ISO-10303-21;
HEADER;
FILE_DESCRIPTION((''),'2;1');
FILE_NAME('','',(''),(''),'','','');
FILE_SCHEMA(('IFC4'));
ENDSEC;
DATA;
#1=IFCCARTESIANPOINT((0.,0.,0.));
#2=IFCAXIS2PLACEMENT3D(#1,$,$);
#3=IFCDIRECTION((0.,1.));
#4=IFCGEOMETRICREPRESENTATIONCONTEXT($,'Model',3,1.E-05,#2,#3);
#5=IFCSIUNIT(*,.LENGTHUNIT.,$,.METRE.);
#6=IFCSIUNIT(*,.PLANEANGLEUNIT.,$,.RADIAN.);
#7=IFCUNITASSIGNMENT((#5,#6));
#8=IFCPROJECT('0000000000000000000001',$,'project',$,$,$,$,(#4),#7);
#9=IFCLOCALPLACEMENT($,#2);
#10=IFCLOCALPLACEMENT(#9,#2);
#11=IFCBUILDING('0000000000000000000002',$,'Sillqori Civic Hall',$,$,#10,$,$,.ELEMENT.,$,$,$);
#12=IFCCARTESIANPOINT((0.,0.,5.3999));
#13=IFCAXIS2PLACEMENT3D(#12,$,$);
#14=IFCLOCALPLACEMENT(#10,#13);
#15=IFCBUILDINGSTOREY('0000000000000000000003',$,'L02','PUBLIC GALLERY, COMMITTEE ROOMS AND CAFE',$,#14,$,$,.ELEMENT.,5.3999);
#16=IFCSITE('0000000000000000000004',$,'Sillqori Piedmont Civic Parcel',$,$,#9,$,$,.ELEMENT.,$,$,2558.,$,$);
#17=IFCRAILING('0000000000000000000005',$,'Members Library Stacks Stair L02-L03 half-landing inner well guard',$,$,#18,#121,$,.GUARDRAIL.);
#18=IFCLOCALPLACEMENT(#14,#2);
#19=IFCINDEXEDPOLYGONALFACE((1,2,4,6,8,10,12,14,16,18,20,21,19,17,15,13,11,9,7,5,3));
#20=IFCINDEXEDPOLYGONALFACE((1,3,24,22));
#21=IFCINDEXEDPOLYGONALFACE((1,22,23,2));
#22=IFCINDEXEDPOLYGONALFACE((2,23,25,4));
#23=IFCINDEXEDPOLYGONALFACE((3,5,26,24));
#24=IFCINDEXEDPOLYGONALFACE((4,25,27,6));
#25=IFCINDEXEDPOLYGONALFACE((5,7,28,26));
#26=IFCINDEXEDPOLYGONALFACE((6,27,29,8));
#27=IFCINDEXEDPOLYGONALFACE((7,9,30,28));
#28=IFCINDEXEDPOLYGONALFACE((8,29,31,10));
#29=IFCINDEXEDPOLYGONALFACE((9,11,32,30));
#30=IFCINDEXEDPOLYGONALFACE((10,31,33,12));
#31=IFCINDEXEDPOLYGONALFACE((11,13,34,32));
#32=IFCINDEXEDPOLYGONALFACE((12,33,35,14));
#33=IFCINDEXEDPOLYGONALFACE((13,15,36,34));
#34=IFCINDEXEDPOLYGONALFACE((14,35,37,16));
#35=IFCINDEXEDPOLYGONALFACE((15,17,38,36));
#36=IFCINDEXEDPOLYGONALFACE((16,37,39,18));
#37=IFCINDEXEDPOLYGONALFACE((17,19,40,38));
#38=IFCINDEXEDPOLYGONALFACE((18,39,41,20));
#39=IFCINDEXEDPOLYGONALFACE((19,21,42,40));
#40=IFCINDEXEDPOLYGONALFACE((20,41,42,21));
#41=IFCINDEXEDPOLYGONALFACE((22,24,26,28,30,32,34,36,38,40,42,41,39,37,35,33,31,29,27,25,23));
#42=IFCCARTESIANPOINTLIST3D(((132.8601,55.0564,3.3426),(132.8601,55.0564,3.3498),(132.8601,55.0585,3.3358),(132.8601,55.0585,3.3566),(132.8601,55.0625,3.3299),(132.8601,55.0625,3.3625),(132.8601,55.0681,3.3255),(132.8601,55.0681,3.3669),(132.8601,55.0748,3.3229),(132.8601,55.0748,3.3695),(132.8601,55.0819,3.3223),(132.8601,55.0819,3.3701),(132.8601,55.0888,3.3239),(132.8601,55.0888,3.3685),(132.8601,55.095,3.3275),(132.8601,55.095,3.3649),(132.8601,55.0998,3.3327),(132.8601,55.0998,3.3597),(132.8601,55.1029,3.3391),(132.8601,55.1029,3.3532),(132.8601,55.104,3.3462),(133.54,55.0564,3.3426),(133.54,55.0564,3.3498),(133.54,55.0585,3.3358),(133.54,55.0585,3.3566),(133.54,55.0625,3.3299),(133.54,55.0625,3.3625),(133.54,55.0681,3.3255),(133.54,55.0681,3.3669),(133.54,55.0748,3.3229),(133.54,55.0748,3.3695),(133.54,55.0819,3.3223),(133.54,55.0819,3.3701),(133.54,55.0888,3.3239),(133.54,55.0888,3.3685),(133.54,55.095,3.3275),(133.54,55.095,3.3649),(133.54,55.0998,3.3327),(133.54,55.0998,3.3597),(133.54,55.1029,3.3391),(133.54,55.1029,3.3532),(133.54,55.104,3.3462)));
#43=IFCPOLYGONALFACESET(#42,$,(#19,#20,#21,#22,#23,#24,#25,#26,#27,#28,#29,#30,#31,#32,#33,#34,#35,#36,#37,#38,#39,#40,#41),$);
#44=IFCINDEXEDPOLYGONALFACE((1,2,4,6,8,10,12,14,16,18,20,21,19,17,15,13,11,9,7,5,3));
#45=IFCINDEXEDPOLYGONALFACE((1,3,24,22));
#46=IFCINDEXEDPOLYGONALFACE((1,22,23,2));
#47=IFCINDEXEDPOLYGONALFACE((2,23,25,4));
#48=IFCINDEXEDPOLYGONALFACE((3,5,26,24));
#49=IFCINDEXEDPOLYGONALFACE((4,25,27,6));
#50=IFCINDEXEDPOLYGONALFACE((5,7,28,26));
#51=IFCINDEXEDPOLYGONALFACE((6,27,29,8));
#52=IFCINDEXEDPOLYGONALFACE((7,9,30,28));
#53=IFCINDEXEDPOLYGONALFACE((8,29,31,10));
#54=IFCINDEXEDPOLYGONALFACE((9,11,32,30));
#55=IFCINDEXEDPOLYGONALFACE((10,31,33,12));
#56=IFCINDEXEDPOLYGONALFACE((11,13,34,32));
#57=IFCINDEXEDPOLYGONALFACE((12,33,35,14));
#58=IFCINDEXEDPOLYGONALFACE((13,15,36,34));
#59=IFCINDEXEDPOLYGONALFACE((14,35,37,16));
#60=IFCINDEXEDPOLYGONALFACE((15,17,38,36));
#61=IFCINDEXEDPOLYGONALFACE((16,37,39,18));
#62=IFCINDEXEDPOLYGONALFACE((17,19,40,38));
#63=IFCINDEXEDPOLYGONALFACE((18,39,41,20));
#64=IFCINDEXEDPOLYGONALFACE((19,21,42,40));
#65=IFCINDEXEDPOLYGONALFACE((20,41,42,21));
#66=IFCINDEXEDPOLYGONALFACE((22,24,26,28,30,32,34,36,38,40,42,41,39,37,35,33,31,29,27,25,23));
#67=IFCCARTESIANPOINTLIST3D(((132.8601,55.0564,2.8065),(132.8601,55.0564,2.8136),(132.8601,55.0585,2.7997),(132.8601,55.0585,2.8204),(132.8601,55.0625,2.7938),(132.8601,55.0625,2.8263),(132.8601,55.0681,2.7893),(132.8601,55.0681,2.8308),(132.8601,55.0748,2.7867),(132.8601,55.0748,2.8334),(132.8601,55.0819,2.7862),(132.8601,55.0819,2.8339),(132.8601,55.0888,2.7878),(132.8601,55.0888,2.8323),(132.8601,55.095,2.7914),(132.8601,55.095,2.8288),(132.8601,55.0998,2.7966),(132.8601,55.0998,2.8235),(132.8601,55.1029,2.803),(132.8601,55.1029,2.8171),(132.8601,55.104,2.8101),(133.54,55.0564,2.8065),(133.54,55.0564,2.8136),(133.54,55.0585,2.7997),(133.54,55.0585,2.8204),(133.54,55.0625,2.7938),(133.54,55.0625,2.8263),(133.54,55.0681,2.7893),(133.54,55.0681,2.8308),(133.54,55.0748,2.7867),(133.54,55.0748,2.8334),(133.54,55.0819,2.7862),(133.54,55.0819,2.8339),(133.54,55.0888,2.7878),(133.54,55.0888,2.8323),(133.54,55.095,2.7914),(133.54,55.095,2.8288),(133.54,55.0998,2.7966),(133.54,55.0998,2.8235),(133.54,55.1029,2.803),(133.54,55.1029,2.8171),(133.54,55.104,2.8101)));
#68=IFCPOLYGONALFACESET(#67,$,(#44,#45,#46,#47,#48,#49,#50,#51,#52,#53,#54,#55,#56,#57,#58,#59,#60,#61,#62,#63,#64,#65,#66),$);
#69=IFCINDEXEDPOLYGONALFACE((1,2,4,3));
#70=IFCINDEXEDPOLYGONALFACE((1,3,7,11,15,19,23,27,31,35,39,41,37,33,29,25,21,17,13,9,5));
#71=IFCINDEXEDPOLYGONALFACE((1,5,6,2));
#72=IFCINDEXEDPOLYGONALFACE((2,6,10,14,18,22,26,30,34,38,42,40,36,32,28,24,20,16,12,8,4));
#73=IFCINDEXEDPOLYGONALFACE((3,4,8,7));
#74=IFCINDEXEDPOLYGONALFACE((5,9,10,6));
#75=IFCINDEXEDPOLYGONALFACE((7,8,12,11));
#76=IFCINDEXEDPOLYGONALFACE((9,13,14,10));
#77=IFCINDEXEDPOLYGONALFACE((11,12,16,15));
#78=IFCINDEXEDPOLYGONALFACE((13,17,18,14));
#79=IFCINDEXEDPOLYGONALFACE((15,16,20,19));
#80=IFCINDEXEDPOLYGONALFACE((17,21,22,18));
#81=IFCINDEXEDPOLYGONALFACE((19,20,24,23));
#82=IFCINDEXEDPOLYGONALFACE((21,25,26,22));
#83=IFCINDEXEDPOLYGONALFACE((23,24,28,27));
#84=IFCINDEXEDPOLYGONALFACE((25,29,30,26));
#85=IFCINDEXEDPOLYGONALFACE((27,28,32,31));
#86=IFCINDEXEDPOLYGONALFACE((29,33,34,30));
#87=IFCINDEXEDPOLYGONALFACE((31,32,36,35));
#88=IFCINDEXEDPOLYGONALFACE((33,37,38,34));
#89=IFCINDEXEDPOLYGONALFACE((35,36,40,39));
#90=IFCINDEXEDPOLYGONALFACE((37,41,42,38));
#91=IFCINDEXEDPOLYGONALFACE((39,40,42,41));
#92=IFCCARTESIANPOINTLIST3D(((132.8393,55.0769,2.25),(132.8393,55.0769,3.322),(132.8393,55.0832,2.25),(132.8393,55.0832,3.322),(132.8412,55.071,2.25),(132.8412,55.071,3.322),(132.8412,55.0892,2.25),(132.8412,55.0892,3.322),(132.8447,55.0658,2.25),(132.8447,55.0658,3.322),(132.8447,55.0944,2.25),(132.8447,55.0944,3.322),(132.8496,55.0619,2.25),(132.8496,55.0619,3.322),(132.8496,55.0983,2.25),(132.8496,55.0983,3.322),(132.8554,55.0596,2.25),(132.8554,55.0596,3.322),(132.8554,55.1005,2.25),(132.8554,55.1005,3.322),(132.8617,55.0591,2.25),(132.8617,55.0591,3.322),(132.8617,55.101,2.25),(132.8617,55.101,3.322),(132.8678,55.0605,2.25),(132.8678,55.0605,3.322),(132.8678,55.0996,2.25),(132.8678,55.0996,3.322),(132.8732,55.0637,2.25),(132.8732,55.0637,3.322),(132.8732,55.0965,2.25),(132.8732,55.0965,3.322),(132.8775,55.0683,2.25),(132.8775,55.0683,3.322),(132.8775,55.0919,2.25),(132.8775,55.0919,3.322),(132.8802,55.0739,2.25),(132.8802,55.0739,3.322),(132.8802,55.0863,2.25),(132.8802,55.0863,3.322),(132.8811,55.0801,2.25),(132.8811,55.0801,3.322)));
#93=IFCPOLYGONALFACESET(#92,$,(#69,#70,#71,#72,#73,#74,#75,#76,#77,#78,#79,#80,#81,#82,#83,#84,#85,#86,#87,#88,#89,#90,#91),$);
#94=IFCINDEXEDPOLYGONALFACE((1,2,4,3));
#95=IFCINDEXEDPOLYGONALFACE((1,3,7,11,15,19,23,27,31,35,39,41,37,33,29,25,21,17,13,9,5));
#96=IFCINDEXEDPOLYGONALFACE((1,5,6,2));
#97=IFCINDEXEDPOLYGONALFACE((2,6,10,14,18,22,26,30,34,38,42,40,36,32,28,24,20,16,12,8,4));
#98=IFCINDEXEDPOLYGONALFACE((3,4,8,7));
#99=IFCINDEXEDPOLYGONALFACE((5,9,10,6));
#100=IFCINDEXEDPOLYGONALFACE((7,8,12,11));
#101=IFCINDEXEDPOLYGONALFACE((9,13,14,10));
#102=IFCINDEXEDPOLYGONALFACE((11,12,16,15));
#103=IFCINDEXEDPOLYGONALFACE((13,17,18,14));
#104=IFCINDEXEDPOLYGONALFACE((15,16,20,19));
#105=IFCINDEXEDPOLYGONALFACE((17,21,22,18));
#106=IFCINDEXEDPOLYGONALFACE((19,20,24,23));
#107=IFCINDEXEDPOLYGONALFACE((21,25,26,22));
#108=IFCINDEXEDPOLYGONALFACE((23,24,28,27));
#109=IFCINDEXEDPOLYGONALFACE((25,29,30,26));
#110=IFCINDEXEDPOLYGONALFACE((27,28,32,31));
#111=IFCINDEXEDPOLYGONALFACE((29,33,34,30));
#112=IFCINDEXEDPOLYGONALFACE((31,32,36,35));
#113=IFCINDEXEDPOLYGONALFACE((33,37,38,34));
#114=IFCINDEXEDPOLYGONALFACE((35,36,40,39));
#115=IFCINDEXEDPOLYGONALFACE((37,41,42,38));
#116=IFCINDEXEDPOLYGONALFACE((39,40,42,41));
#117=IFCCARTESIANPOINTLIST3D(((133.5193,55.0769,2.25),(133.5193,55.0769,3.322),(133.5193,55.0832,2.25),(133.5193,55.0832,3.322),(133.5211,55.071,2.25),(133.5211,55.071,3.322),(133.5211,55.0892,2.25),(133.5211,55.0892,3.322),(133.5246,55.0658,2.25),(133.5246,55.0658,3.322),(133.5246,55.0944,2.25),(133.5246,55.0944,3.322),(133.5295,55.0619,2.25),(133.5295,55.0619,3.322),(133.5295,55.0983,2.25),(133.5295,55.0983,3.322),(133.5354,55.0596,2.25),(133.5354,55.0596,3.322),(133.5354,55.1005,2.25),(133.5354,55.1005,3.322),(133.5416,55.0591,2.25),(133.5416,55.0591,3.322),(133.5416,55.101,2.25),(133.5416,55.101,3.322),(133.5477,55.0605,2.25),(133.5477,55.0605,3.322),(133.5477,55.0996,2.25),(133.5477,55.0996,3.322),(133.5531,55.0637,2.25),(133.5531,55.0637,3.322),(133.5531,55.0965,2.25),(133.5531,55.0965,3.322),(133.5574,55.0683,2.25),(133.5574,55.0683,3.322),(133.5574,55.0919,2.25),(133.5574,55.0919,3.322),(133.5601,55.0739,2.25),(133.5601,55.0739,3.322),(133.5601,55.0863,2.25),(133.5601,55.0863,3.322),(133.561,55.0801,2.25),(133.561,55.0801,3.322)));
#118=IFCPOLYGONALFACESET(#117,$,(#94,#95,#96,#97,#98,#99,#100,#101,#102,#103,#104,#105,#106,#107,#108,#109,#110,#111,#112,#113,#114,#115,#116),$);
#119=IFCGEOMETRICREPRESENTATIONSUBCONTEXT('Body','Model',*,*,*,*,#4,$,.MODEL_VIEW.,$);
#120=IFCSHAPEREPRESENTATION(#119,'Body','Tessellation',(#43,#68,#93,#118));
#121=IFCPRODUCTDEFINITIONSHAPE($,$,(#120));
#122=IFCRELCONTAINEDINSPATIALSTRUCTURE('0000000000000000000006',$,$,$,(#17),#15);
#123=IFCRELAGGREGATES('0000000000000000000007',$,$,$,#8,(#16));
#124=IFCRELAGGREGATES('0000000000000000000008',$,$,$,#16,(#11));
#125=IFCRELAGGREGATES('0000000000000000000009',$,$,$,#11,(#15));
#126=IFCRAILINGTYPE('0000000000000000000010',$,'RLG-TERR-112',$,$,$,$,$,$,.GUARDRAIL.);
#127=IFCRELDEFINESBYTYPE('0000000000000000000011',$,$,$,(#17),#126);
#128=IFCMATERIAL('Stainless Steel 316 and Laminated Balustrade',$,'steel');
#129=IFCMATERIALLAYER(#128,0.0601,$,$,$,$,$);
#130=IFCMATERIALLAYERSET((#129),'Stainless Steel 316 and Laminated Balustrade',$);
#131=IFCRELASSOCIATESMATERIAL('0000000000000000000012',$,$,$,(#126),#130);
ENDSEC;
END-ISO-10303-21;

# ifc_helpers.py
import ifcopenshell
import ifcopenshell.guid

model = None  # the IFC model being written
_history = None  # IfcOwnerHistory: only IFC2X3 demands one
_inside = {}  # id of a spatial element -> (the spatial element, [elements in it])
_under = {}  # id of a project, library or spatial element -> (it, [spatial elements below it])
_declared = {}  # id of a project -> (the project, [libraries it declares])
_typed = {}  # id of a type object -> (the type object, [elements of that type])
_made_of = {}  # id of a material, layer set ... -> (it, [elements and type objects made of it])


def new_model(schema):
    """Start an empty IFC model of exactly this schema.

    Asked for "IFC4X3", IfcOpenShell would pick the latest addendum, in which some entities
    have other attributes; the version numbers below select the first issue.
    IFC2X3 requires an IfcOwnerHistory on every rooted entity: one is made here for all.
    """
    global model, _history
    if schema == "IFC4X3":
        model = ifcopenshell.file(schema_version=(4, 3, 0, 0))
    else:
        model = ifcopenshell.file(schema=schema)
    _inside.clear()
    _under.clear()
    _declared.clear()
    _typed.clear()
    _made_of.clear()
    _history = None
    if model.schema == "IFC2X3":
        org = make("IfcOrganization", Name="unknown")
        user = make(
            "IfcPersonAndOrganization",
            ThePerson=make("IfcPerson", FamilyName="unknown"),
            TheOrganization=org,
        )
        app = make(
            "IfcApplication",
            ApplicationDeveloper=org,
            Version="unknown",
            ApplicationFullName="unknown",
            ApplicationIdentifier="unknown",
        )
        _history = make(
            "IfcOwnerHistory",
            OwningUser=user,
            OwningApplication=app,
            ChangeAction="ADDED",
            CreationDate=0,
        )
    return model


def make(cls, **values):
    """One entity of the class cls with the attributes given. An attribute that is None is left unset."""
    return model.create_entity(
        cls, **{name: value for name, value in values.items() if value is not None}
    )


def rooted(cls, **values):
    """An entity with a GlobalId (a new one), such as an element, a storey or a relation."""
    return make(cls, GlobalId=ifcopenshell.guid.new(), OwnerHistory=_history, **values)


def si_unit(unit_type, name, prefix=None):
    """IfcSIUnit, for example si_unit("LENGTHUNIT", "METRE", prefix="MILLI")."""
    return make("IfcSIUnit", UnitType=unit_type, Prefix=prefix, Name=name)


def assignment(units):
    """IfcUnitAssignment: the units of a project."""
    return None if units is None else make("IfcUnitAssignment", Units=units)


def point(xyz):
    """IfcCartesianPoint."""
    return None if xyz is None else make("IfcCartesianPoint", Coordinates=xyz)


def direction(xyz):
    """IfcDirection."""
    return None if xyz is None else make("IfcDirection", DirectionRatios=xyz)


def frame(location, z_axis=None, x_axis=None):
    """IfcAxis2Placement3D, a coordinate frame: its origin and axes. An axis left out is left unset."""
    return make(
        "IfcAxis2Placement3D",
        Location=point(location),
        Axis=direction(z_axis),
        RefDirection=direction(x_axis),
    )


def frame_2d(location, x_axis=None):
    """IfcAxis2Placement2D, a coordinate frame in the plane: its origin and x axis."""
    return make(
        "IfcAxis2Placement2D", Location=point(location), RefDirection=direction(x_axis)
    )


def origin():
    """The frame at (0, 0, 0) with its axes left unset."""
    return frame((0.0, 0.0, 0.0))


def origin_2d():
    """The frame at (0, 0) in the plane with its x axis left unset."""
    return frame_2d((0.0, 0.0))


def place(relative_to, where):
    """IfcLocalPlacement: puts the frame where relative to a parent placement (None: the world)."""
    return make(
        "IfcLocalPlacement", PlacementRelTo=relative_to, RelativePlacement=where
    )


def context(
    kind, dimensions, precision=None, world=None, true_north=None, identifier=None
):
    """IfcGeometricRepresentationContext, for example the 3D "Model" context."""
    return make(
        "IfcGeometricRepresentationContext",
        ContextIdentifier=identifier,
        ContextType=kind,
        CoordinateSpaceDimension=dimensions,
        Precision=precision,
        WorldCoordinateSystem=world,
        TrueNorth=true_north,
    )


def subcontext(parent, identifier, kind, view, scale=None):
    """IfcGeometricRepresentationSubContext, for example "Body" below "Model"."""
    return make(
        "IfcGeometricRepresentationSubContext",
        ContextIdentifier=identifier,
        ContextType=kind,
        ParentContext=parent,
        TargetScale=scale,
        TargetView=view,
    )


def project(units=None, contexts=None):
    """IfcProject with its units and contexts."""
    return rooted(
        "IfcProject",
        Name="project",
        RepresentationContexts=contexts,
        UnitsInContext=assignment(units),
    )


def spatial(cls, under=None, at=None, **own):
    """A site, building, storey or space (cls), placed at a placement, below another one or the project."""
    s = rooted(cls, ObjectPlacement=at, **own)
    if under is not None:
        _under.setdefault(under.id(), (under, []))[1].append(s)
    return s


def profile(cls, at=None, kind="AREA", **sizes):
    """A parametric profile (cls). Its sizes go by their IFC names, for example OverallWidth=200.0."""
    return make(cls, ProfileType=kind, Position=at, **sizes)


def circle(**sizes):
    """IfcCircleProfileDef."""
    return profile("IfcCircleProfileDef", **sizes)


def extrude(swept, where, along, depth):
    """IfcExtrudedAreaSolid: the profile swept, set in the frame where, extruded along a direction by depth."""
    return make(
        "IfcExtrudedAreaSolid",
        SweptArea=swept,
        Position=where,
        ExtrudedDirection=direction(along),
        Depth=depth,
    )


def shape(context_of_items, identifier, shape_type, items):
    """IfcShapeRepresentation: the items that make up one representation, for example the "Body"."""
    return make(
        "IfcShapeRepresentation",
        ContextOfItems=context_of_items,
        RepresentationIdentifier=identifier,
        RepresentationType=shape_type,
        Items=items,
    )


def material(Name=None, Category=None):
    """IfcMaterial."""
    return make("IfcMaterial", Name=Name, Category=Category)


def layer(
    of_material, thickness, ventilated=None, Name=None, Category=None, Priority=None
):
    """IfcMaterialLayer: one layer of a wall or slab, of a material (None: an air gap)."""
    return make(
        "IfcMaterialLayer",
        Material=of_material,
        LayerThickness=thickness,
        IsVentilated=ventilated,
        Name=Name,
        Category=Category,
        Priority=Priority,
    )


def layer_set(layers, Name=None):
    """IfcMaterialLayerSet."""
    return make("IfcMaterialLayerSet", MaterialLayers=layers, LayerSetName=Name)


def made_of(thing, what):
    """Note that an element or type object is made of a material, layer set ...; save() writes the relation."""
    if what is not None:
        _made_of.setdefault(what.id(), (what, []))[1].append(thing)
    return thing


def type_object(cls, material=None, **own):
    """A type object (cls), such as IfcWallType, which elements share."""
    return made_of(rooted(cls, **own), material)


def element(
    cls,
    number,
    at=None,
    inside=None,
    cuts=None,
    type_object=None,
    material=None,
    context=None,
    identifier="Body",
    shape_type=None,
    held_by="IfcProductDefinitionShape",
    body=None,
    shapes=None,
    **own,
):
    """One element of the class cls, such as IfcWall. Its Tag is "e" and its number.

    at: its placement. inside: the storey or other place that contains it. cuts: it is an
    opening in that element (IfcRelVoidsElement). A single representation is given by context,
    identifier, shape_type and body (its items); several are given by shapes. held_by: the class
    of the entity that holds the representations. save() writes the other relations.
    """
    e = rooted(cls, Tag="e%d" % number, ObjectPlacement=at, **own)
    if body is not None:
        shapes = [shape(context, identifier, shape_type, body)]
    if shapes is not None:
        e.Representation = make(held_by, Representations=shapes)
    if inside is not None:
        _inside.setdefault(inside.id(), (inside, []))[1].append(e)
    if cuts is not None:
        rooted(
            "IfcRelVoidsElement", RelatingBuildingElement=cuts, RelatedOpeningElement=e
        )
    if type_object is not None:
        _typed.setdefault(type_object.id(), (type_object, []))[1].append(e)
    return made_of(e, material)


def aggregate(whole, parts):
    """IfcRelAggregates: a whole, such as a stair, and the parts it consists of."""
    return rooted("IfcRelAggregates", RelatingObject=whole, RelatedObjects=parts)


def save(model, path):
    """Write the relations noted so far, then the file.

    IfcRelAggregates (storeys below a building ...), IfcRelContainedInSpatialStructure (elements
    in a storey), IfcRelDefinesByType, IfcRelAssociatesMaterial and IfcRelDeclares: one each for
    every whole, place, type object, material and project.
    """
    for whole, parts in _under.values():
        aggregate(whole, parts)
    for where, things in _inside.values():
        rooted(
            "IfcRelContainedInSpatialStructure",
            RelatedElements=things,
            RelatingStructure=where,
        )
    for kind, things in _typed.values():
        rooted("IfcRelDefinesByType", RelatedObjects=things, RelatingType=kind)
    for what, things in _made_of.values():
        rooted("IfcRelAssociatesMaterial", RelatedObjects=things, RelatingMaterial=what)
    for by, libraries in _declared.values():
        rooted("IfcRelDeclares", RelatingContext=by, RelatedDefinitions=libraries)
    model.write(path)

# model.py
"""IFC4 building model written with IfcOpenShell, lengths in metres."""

from ifc_helpers import new_model, si_unit, direction, frame, origin, origin_2d, place, context, subcontext, project, spatial, circle, extrude, material, layer, layer_set, type_object, element, save


model = new_model("IFC4")

# Units and contexts
model_context = context("Model", 3, precision=1e-05, world=origin(), true_north=direction((0.0, 1.0)))
body_context = subcontext(model_context, "Body", "Model", "MODEL_VIEW")
ifc_project = project(units=[si_unit("LENGTHUNIT", "METRE"), si_unit("PLANEANGLEUNIT", "RADIAN")], contexts=[model_context])

# Site, building, storey
site_placement = place(None, origin())
site = spatial("IfcSite", under=ifc_project, at=site_placement, Name="Sillqori Piedmont Civic Parcel", CompositionType="ELEMENT", RefElevation=2558.0)
building_placement = place(site_placement, origin())
building = spatial("IfcBuilding", under=site, at=building_placement, Name="Sillqori Civic Hall", CompositionType="ELEMENT")
storey_placement = place(building_placement, frame((0.0, 0.0, 5.3999)))
storey = spatial("IfcBuildingStorey", under=building, at=storey_placement, Name="L02", Description="PUBLIC GALLERY, COMMITTEE ROOMS AND CAFE", CompositionType="ELEMENT", Elevation=5.3999)

# Railing
ifc_material_1 = material(Name="Stainless Steel 316 and Laminated Balustrade", Category="steel")
ifc_layer_1 = layer(ifc_material_1, 0.0601)
ifc_layer_set_1 = layer_set([ifc_layer_1], Name="Stainless Steel 316 and Laminated Balustrade")
railing_type_1 = type_object("IfcRailingType", Name="RLG-TERR-112", PredefinedType="GUARDRAIL", material=ifc_layer_set_1)
railing_1_placement = place(storey_placement, frame((132.8601, 55.0801, 2.25)))
element("IfcRailing", 1, at=railing_1_placement, inside=storey, type_object=railing_type_1, Name="Members Library Stacks Stair L02-L03 half-landing inner well guard", PredefinedType="GUARDRAIL", context=body_context, shape_type="SweptSolid", body=[
    extrude(circle(Radius=0.0239, at=origin_2d()), frame((0.0, 0.0, 1.0962), z_axis=(1.0, 0.0, 0.0), x_axis=(0.0, 1.0, 0.0)), (0.0, 0.0, 1.0), 0.6799),
    extrude(circle(Radius=0.0239, at=origin_2d()), frame((0.0, 0.0, 0.5601), z_axis=(1.0, 0.0, 0.0), x_axis=(0.0, 1.0, 0.0)), (0.0, 0.0, 1.0), 0.6799),
    extrude(circle(Radius=0.021, at=origin_2d()), origin(), (0.0, 0.0, 1.0), 1.072),
    extrude(circle(Radius=0.021, at=origin_2d()), frame((0.6799, 0.0, 0.0)), (0.0, 0.0, 1.0), 1.072),
])

save(model, "model.ifc")
